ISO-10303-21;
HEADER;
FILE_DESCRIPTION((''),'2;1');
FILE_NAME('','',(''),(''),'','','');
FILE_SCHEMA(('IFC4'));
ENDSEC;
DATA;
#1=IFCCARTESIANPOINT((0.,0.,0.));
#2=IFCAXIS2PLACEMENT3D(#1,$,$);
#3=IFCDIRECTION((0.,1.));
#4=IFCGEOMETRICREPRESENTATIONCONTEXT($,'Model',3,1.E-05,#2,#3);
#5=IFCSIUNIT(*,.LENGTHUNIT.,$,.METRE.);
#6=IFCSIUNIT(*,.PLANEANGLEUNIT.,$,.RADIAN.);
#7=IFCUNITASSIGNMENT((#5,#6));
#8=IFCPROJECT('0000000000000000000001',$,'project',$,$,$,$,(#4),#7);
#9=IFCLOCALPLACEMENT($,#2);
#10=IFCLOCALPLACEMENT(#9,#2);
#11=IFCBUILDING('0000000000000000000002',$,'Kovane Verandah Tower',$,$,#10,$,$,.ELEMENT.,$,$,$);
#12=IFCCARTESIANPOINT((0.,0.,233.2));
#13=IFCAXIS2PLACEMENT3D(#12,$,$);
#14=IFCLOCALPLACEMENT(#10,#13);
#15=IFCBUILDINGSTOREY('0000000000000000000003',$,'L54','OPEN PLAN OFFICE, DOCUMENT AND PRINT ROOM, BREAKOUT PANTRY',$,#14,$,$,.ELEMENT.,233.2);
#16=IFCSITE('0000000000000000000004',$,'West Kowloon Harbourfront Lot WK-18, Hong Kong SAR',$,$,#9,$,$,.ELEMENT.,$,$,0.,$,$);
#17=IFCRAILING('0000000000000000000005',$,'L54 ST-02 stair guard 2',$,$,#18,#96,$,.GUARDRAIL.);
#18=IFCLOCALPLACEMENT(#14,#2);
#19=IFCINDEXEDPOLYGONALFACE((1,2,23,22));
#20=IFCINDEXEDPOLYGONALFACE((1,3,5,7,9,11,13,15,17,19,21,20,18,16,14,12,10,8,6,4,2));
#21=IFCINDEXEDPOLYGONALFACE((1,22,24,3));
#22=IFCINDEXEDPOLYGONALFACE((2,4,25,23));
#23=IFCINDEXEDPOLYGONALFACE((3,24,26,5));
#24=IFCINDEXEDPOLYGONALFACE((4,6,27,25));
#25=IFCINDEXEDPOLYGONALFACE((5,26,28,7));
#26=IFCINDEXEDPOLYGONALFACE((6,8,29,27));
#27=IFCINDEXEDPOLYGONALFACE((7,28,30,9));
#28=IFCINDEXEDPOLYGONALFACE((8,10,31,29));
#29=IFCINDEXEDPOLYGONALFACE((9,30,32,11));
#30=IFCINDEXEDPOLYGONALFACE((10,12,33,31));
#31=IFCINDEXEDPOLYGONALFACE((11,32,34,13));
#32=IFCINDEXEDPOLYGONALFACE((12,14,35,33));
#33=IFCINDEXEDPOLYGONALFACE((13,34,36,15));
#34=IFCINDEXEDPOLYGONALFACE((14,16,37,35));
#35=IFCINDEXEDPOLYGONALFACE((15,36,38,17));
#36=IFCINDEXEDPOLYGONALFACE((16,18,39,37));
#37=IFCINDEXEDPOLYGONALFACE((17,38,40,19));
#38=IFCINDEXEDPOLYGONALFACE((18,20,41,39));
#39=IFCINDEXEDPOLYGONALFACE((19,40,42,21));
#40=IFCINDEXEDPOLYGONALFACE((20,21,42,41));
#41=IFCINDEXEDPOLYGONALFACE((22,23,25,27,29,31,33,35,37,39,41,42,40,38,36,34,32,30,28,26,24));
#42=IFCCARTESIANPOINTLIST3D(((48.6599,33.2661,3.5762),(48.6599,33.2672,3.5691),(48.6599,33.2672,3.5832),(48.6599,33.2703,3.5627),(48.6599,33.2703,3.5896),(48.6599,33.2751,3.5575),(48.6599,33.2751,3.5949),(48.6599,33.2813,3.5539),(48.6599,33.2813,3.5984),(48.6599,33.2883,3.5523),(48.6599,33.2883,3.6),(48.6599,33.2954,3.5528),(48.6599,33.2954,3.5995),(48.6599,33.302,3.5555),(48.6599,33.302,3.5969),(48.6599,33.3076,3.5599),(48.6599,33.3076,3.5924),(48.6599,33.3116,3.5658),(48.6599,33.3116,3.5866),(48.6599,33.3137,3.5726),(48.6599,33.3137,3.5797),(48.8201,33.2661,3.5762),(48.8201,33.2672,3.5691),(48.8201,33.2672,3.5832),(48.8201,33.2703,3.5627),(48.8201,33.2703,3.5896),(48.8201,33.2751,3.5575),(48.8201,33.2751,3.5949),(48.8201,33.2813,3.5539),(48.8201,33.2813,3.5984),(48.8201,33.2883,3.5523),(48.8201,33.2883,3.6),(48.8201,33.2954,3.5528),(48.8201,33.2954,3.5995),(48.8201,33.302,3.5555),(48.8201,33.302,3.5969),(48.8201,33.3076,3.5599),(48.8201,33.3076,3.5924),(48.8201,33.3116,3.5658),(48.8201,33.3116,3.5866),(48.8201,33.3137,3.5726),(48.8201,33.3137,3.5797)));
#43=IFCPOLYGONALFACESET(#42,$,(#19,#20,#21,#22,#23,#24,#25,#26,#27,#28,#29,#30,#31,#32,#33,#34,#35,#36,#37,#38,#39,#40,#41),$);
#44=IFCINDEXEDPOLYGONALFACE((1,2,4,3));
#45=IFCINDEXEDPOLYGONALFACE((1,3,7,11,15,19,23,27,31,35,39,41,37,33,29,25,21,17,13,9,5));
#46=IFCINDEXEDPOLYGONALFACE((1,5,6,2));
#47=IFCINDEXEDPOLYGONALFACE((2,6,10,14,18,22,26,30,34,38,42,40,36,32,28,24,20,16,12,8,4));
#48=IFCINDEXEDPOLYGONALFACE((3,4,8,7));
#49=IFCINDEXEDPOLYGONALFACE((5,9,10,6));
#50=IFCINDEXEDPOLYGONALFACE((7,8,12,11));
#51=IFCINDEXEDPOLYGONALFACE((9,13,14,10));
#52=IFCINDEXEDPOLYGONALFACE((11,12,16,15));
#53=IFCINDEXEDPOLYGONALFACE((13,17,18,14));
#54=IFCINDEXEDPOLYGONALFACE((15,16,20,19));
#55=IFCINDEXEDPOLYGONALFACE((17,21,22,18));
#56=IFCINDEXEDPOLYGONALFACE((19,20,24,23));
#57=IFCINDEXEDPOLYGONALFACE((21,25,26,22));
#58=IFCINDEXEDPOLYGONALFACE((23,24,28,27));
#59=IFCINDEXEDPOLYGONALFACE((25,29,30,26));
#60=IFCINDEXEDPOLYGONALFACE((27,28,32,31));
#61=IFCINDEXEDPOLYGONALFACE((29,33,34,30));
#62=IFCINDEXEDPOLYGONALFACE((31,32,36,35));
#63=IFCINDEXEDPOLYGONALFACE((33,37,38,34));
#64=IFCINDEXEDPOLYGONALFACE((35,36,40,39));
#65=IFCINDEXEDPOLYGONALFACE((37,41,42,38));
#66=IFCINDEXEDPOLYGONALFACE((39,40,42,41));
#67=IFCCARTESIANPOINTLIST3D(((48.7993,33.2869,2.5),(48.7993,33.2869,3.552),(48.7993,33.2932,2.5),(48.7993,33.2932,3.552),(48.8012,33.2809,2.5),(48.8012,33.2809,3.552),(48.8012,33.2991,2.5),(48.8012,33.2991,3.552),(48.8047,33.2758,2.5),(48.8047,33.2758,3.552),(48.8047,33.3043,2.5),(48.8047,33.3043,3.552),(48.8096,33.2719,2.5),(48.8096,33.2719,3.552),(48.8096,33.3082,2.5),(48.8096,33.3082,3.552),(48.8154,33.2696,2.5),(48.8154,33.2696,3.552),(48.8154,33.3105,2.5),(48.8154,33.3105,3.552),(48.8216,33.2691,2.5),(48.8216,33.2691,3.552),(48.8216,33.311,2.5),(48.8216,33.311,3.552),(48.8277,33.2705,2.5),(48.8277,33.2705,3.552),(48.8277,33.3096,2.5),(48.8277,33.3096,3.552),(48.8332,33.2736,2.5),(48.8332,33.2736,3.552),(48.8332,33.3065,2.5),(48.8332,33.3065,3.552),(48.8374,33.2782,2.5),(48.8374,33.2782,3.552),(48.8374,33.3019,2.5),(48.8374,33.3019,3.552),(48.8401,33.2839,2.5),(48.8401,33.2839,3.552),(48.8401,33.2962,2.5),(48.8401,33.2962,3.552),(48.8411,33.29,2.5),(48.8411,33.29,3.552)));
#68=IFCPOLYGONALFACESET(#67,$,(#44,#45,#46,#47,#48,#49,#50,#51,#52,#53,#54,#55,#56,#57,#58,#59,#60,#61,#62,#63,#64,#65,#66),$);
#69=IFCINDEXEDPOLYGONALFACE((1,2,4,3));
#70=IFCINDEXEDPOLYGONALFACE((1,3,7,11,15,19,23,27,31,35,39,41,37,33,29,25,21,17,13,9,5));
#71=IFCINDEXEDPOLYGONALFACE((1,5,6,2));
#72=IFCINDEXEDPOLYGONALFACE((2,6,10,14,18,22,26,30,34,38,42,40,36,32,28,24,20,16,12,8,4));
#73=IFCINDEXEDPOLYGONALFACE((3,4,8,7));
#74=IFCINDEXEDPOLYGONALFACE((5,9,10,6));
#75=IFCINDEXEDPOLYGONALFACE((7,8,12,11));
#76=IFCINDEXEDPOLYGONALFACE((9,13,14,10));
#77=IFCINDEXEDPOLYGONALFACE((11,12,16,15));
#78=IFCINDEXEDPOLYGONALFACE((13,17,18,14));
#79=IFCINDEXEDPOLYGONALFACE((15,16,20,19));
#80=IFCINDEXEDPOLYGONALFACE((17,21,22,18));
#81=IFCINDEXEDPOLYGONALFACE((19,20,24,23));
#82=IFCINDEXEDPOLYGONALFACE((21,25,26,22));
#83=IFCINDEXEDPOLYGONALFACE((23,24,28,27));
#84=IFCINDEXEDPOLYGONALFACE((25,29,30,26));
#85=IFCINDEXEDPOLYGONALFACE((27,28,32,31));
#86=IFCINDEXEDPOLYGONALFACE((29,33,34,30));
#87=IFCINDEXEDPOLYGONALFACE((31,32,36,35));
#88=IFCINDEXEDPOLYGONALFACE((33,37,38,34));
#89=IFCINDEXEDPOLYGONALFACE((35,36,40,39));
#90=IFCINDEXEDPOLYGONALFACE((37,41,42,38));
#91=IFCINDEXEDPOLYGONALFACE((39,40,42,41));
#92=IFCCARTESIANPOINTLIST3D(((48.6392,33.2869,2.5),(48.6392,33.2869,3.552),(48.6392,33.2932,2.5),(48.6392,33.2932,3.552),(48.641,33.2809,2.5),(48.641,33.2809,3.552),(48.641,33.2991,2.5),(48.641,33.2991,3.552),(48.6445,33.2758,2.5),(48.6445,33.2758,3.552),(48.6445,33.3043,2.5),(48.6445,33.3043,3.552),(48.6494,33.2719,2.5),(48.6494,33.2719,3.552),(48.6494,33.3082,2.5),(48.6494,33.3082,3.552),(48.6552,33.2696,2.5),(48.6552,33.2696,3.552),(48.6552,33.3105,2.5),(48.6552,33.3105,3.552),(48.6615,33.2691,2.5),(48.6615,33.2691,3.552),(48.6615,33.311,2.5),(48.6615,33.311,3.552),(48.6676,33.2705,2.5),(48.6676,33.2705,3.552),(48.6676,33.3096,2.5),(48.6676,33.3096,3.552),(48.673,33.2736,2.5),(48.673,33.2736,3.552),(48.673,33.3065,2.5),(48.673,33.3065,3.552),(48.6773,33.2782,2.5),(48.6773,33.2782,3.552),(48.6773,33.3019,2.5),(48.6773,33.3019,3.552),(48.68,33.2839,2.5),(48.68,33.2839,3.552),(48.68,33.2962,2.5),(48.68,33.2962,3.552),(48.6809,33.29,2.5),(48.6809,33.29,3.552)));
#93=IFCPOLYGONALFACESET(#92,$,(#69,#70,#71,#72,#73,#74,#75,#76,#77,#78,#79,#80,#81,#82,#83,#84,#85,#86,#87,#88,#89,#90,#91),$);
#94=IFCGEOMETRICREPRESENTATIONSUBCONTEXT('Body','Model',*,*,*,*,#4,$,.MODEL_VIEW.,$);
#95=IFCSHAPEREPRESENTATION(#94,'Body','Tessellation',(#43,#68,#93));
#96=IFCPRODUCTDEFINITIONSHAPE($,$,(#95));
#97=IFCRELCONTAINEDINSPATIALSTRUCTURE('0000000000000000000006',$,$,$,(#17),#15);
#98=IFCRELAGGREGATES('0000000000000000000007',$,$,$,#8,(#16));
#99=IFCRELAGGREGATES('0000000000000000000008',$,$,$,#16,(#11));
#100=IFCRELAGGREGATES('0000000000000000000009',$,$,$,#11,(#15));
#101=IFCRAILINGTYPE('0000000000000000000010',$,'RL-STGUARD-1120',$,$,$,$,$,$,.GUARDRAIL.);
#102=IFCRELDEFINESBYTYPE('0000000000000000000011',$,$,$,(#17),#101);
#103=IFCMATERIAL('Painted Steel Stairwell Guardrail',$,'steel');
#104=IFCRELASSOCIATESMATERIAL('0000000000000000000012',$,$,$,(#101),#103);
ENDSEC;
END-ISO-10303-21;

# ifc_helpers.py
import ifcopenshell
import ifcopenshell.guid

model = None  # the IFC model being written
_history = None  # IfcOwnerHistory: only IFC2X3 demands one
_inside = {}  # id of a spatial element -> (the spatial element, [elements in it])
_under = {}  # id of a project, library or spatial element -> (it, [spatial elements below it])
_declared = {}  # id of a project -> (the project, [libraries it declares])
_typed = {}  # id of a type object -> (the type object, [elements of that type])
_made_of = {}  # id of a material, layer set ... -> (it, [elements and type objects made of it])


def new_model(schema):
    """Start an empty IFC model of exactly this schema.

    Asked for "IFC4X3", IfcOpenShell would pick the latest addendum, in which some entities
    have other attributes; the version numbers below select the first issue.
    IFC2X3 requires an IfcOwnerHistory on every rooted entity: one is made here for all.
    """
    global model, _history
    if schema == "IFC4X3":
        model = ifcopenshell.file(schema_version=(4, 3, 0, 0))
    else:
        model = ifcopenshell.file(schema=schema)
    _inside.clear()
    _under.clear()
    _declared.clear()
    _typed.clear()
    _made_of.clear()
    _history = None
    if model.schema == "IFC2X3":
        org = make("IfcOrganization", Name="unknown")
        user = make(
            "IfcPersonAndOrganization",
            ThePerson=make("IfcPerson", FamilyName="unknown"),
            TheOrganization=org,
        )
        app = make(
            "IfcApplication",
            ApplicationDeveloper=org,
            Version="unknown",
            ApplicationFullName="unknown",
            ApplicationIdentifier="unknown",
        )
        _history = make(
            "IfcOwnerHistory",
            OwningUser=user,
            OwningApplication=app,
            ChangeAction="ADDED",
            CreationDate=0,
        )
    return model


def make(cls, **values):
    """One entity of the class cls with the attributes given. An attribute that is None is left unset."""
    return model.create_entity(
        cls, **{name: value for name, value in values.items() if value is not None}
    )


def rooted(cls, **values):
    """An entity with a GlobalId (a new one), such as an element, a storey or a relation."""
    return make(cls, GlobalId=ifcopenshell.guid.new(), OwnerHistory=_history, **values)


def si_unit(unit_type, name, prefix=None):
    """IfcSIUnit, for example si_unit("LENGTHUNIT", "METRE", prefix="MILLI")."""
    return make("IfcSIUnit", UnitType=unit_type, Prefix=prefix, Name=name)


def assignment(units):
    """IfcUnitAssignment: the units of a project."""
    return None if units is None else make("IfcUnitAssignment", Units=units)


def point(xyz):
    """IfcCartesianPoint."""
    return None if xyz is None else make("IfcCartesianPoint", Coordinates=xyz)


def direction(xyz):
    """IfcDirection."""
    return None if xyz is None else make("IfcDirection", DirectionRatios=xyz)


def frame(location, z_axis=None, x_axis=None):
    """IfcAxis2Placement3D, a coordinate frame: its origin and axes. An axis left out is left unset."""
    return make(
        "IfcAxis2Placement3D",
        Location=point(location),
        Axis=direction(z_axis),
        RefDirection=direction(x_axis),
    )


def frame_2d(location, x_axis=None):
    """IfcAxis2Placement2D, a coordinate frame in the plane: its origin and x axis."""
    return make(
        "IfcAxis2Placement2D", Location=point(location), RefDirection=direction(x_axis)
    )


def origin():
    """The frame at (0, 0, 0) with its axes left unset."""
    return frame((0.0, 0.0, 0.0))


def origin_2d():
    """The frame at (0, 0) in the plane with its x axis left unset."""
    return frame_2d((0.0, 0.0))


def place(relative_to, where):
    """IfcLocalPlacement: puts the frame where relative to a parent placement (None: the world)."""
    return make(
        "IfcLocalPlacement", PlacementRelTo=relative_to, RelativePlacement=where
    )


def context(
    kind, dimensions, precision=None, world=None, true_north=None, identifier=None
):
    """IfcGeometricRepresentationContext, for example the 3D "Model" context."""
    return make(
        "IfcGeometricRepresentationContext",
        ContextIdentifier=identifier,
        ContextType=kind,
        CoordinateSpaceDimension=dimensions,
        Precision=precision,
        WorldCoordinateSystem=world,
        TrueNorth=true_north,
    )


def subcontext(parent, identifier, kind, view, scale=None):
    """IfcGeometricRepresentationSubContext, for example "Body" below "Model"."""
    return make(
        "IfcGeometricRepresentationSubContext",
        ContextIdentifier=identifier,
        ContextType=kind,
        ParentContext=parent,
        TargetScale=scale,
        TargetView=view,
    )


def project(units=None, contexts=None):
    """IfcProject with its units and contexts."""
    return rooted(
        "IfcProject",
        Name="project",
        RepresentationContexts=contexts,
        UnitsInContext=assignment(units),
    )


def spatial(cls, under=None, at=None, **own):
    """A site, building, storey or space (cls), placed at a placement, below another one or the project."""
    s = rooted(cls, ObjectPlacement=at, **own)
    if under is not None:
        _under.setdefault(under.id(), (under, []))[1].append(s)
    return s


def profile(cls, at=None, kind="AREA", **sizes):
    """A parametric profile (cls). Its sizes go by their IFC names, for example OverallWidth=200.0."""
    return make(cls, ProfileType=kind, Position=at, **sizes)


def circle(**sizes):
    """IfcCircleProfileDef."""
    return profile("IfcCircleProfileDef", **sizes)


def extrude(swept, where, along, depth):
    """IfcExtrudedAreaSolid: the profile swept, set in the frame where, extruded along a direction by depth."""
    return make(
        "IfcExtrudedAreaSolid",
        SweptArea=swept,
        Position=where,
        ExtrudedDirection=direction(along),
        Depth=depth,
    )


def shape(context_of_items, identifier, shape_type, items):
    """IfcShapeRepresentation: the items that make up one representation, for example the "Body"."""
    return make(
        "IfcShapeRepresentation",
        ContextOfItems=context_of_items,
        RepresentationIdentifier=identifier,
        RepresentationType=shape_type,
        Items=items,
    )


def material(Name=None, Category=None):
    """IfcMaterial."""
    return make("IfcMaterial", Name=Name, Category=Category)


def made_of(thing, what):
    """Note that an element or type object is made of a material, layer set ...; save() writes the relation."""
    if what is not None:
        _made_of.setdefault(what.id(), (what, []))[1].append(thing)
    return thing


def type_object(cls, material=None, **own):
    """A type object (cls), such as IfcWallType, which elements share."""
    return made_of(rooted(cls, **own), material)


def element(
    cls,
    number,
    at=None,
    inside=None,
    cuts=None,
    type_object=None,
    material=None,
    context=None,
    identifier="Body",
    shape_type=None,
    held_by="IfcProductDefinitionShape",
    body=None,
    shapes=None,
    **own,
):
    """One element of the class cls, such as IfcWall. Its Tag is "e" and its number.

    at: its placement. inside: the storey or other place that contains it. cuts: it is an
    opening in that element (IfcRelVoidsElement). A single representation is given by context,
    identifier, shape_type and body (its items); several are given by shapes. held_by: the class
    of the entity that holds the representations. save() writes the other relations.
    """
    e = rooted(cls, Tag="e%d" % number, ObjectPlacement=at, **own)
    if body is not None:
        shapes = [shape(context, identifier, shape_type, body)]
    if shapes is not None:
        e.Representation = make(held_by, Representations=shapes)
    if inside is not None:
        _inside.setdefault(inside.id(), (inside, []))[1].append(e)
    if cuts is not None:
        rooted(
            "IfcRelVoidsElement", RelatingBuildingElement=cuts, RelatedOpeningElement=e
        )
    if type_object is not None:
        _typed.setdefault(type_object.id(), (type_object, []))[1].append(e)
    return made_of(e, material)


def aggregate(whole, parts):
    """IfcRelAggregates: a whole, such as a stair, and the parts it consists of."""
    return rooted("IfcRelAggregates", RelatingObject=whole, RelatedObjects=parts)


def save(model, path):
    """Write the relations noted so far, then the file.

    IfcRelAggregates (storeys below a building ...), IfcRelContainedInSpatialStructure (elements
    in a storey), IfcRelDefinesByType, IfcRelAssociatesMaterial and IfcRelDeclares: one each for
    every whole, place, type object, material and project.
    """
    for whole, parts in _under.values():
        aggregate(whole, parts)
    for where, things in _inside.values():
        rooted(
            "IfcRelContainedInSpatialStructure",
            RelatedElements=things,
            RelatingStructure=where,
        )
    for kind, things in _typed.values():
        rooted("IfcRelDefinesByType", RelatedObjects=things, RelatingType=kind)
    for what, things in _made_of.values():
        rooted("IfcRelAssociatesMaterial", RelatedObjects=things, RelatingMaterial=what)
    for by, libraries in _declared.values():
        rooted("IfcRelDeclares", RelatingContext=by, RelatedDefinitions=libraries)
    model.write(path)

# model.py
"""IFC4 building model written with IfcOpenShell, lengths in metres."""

from ifc_helpers import new_model, si_unit, direction, frame, origin, origin_2d, place, context, subcontext, project, spatial, circle, extrude, material, type_object, element, save


model = new_model("IFC4")

# Units and contexts
model_context = context("Model", 3, precision=1e-05, world=origin(), true_north=direction((0.0, 1.0)))
body_context = subcontext(model_context, "Body", "Model", "MODEL_VIEW")
ifc_project = project(units=[si_unit("LENGTHUNIT", "METRE"), si_unit("PLANEANGLEUNIT", "RADIAN")], contexts=[model_context])

# Site, building, storey
site_placement = place(None, origin())
site = spatial("IfcSite", under=ifc_project, at=site_placement, Name="West Kowloon Harbourfront Lot WK-18, Hong Kong SAR", CompositionType="ELEMENT", RefElevation=0.0)
building_placement = place(site_placement, origin())
building = spatial("IfcBuilding", under=site, at=building_placement, Name="Kovane Verandah Tower", CompositionType="ELEMENT")
storey_placement = place(building_placement, frame((0.0, 0.0, 233.2)))
storey = spatial("IfcBuildingStorey", under=building, at=storey_placement, Name="L54", Description="OPEN PLAN OFFICE, DOCUMENT AND PRINT ROOM, BREAKOUT PANTRY", CompositionType="ELEMENT", Elevation=233.2)

# Railing
ifc_material_1 = material(Name="Painted Steel Stairwell Guardrail", Category="steel")
railing_type_1 = type_object("IfcRailingType", Name="RL-STGUARD-1120", PredefinedType="GUARDRAIL", material=ifc_material_1)
railing_1_placement = place(storey_placement, frame((48.8201, 33.29, 2.5)))
element("IfcRailing", 1, at=railing_1_placement, inside=storey, type_object=railing_type_1, Name="L54 ST-02 stair guard 2", PredefinedType="GUARDRAIL", context=body_context, shape_type="SweptSolid", body=[
    extrude(circle(Radius=0.0239, at=origin_2d()), frame((0.0, 0.0, 1.0762), z_axis=(-1.0, 0.0, 0.0), x_axis=(0.0, -1.0, 0.0)), (0.0, 0.0, 1.0), 0.1602),
    extrude(circle(Radius=0.021, at=origin_2d()), origin(), (0.0, 0.0, 1.0), 1.052),
    extrude(circle(Radius=0.021, at=origin_2d()), frame((-0.1602, 0.0, 0.0)), (0.0, 0.0, 1.0), 1.052),
])

save(model, "model.ifc")
